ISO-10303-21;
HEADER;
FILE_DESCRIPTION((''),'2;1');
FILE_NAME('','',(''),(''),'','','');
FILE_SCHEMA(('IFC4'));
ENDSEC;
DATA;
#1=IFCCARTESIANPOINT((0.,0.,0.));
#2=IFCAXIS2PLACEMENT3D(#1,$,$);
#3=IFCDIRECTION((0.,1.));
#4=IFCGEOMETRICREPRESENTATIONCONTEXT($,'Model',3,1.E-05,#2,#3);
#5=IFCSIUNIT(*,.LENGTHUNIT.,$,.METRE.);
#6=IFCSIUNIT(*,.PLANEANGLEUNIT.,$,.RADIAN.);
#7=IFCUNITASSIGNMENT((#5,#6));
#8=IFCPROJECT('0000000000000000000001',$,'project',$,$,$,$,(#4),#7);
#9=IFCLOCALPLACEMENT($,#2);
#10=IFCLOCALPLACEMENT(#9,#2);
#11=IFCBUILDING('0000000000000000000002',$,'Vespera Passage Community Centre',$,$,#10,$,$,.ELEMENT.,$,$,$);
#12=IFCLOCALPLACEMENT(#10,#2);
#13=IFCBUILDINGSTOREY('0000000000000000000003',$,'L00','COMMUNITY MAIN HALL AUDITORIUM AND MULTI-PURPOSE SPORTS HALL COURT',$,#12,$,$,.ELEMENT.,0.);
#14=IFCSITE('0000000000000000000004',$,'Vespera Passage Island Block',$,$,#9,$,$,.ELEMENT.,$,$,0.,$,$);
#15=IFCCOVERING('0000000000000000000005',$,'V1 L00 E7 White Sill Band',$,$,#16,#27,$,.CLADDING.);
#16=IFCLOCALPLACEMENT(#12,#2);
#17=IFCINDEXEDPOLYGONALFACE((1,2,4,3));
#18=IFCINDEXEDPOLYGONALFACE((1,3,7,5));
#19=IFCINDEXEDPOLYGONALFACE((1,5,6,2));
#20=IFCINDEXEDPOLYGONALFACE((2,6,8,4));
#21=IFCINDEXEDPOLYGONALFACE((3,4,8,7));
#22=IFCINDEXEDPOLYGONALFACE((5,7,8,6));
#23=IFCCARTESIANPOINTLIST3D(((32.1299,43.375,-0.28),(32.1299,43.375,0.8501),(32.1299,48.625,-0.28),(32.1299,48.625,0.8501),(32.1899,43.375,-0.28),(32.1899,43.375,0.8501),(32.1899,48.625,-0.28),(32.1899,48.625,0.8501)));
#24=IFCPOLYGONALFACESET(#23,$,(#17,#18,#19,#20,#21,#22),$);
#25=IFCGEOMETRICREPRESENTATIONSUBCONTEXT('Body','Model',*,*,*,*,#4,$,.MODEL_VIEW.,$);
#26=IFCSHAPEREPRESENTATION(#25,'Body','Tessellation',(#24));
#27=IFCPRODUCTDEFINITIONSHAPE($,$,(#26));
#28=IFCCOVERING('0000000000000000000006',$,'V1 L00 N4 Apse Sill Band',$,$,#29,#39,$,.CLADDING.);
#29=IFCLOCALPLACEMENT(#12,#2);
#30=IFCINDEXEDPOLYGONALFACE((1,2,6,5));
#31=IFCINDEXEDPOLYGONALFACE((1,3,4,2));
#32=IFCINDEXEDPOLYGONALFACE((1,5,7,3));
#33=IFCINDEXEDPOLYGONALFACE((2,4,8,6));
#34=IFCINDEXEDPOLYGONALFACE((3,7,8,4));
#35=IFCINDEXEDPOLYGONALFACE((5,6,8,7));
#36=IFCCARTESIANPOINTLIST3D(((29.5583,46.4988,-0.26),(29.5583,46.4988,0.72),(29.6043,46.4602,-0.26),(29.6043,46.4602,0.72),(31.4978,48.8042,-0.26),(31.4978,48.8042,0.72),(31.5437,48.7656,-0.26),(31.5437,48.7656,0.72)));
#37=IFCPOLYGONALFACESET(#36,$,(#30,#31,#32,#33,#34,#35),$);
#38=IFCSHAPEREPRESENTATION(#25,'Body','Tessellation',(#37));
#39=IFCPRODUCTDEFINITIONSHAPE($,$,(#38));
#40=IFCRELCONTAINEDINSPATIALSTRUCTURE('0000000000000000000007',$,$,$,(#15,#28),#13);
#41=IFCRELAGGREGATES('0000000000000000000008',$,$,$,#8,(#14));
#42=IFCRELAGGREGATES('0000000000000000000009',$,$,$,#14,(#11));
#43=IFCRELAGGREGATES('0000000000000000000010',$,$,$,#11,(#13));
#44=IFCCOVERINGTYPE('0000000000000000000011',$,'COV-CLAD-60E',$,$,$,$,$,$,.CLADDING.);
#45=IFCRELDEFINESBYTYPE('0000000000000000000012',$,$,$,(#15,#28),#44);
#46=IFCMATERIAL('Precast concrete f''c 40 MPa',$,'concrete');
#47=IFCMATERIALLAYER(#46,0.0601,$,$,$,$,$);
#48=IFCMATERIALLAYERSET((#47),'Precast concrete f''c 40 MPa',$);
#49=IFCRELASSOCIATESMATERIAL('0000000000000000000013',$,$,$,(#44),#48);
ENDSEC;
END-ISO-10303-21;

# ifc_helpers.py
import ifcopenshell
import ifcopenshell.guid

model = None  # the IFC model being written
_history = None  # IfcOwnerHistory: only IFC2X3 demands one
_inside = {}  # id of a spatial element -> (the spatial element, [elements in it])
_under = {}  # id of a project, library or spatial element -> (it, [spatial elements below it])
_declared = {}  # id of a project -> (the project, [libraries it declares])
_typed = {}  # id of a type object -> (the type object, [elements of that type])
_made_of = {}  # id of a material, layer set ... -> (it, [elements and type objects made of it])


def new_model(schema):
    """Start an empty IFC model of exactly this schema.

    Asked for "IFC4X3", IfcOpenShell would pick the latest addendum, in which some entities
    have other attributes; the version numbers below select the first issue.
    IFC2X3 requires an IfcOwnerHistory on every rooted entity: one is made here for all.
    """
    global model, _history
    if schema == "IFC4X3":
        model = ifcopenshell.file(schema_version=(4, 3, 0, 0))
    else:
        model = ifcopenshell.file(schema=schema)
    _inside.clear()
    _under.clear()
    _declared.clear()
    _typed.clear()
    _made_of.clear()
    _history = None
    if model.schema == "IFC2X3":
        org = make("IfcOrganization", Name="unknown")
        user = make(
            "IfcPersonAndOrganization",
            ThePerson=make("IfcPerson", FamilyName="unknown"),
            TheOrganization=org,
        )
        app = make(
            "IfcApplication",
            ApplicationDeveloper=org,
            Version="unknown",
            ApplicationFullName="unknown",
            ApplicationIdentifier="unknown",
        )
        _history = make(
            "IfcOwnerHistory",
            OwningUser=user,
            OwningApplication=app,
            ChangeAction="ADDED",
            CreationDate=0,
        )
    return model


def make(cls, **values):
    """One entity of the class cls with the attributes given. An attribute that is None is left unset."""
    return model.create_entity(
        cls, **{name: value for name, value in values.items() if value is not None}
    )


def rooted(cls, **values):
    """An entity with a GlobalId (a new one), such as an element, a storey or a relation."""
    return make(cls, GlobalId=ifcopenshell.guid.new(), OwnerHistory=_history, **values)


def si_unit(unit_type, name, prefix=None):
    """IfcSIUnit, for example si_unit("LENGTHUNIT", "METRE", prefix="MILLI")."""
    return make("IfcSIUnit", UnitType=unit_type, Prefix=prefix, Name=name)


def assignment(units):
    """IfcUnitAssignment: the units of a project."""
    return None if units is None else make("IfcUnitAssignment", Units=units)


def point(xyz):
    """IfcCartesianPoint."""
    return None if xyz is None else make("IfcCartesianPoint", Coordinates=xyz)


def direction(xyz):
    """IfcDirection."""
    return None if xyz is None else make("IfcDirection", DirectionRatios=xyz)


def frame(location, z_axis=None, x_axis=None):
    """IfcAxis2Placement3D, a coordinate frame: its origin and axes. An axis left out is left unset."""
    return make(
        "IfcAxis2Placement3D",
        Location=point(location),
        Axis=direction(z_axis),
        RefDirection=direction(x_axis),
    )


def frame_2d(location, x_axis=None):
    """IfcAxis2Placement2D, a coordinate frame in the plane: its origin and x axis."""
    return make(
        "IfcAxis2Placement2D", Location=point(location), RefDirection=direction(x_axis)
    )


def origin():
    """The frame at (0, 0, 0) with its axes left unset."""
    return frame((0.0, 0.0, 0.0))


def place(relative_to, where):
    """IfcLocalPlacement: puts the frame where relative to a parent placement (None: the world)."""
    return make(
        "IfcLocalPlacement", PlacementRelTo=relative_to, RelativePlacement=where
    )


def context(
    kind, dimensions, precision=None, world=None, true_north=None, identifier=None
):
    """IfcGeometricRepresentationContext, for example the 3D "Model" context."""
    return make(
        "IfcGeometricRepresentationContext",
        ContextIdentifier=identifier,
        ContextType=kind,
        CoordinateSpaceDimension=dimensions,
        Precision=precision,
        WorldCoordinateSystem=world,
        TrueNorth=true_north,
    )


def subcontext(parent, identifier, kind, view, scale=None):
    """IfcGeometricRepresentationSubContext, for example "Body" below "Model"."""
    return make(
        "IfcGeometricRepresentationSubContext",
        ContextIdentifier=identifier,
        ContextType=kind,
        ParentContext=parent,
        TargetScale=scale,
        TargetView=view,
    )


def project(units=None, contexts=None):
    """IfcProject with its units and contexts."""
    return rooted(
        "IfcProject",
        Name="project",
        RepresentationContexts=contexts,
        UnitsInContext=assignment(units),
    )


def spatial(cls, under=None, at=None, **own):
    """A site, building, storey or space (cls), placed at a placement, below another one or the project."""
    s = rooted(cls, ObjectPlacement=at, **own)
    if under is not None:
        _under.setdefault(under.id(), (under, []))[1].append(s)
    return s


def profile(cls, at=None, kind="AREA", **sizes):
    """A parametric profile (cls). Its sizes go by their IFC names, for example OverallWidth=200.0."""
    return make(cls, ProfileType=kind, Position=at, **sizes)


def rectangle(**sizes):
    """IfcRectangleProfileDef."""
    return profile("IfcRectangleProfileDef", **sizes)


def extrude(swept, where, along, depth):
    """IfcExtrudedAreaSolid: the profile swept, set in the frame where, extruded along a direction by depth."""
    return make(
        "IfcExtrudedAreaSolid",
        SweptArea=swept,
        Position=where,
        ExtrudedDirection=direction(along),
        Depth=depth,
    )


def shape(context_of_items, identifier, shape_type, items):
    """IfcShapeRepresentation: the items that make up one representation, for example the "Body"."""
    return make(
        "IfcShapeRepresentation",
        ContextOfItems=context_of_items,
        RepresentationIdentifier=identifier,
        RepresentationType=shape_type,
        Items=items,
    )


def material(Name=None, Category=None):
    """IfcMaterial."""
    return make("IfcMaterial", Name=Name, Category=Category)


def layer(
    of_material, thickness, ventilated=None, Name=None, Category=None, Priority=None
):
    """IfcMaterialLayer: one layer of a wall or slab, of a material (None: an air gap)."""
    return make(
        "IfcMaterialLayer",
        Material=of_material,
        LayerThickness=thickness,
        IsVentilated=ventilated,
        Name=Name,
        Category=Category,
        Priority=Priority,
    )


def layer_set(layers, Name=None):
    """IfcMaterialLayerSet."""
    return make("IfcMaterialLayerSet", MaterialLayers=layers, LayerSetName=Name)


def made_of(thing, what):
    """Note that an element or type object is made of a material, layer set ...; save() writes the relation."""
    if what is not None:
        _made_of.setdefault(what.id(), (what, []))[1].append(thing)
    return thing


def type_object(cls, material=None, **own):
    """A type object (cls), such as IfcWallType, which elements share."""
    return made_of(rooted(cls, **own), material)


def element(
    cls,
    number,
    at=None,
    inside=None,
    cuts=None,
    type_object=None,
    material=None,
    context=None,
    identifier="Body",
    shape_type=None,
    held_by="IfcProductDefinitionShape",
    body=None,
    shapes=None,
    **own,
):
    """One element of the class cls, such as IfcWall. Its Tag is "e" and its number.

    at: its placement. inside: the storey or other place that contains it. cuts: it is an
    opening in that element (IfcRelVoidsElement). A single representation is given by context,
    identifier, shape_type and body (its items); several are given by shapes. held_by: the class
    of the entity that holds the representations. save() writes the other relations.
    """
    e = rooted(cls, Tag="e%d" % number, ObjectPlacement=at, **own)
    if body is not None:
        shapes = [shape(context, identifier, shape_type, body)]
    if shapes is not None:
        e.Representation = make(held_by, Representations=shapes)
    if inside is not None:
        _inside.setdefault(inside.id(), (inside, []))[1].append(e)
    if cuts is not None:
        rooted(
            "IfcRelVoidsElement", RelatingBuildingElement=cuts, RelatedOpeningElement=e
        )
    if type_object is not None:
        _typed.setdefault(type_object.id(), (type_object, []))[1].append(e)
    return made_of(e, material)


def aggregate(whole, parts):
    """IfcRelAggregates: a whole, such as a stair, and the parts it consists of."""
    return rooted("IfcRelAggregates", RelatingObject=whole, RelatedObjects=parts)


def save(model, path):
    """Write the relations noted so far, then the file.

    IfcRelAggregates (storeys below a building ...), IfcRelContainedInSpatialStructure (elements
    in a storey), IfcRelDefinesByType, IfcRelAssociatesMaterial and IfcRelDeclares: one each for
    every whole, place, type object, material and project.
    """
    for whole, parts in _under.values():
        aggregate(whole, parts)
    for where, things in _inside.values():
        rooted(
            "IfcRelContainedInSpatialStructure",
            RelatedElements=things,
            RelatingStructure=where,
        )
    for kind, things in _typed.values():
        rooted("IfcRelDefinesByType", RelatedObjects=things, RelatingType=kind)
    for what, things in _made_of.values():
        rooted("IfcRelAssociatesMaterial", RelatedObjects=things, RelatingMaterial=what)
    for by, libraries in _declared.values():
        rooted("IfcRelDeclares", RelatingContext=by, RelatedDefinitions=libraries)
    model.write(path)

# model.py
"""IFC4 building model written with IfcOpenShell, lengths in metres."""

from ifc_helpers import new_model, si_unit, direction, frame, frame_2d, origin, place, context, subcontext, project, spatial, rectangle, extrude, material, layer, layer_set, type_object, element, save


model = new_model("IFC4")

# Units and contexts
model_context = context("Model", 3, precision=1e-05, world=origin(), true_north=direction((0.0, 1.0)))
body_context = subcontext(model_context, "Body", "Model", "MODEL_VIEW")
ifc_project = project(units=[si_unit("LENGTHUNIT", "METRE"), si_unit("PLANEANGLEUNIT", "RADIAN")], contexts=[model_context])

# Site, building, storey
site_placement = place(None, origin())
site = spatial("IfcSite", under=ifc_project, at=site_placement, Name="Vespera Passage Island Block", CompositionType="ELEMENT", RefElevation=0.0)
building_placement = place(site_placement, origin())
building = spatial("IfcBuilding", under=site, at=building_placement, Name="Vespera Passage Community Centre", CompositionType="ELEMENT")
storey_placement = place(building_placement, origin())
storey = spatial("IfcBuildingStorey", under=building, at=storey_placement, Name="L00", Description="COMMUNITY MAIN HALL AUDITORIUM AND MULTI-PURPOSE SPORTS HALL COURT", CompositionType="ELEMENT", Elevation=0.0)

# Coverings
ifc_material_1 = material(Name="Precast concrete f'c 40 MPa", Category="concrete")
ifc_layer_1 = layer(ifc_material_1, 0.0601)
ifc_layer_set_1 = layer_set([ifc_layer_1], Name="Precast concrete f'c 40 MPa")
covering_type = type_object("IfcCoveringType", Name="COV-CLAD-60E", PredefinedType="CLADDING", material=ifc_layer_set_1)
covering_1_placement = place(storey_placement, frame((32.1599, 48.625, -0.28), z_axis=(0.0, 0.0, 1.0), x_axis=(0.0, -1.0, 0.0)))
element("IfcCovering", 1, at=covering_1_placement, inside=storey, type_object=covering_type, Name="V1 L00 E7 White Sill Band", PredefinedType="CLADDING", context=body_context, shape_type="SweptSolid", body=[
    extrude(rectangle(XDim=5.25, YDim=0.0601, at=frame_2d((2.625, 0.0))), origin(), (0.0, 0.0, 1.0), 1.1301),
])
covering_2_placement = place(storey_placement, frame((29.5813, 46.4795, -0.26), z_axis=(0.0, 0.0, 1.0), x_axis=(0.643756, 0.765231, 0.0)))
element("IfcCovering", 2, at=covering_2_placement, inside=storey, type_object=covering_type, Name="V1 L00 N4 Apse Sill Band", PredefinedType="CLADDING", context=body_context, shape_type="SweptSolid", body=[
    extrude(rectangle(XDim=3.0127, YDim=0.0601, at=frame_2d((1.5063, 0.0))), origin(), (0.0, 0.0, 1.0), 0.98),
])

save(model, "model.ifc")
